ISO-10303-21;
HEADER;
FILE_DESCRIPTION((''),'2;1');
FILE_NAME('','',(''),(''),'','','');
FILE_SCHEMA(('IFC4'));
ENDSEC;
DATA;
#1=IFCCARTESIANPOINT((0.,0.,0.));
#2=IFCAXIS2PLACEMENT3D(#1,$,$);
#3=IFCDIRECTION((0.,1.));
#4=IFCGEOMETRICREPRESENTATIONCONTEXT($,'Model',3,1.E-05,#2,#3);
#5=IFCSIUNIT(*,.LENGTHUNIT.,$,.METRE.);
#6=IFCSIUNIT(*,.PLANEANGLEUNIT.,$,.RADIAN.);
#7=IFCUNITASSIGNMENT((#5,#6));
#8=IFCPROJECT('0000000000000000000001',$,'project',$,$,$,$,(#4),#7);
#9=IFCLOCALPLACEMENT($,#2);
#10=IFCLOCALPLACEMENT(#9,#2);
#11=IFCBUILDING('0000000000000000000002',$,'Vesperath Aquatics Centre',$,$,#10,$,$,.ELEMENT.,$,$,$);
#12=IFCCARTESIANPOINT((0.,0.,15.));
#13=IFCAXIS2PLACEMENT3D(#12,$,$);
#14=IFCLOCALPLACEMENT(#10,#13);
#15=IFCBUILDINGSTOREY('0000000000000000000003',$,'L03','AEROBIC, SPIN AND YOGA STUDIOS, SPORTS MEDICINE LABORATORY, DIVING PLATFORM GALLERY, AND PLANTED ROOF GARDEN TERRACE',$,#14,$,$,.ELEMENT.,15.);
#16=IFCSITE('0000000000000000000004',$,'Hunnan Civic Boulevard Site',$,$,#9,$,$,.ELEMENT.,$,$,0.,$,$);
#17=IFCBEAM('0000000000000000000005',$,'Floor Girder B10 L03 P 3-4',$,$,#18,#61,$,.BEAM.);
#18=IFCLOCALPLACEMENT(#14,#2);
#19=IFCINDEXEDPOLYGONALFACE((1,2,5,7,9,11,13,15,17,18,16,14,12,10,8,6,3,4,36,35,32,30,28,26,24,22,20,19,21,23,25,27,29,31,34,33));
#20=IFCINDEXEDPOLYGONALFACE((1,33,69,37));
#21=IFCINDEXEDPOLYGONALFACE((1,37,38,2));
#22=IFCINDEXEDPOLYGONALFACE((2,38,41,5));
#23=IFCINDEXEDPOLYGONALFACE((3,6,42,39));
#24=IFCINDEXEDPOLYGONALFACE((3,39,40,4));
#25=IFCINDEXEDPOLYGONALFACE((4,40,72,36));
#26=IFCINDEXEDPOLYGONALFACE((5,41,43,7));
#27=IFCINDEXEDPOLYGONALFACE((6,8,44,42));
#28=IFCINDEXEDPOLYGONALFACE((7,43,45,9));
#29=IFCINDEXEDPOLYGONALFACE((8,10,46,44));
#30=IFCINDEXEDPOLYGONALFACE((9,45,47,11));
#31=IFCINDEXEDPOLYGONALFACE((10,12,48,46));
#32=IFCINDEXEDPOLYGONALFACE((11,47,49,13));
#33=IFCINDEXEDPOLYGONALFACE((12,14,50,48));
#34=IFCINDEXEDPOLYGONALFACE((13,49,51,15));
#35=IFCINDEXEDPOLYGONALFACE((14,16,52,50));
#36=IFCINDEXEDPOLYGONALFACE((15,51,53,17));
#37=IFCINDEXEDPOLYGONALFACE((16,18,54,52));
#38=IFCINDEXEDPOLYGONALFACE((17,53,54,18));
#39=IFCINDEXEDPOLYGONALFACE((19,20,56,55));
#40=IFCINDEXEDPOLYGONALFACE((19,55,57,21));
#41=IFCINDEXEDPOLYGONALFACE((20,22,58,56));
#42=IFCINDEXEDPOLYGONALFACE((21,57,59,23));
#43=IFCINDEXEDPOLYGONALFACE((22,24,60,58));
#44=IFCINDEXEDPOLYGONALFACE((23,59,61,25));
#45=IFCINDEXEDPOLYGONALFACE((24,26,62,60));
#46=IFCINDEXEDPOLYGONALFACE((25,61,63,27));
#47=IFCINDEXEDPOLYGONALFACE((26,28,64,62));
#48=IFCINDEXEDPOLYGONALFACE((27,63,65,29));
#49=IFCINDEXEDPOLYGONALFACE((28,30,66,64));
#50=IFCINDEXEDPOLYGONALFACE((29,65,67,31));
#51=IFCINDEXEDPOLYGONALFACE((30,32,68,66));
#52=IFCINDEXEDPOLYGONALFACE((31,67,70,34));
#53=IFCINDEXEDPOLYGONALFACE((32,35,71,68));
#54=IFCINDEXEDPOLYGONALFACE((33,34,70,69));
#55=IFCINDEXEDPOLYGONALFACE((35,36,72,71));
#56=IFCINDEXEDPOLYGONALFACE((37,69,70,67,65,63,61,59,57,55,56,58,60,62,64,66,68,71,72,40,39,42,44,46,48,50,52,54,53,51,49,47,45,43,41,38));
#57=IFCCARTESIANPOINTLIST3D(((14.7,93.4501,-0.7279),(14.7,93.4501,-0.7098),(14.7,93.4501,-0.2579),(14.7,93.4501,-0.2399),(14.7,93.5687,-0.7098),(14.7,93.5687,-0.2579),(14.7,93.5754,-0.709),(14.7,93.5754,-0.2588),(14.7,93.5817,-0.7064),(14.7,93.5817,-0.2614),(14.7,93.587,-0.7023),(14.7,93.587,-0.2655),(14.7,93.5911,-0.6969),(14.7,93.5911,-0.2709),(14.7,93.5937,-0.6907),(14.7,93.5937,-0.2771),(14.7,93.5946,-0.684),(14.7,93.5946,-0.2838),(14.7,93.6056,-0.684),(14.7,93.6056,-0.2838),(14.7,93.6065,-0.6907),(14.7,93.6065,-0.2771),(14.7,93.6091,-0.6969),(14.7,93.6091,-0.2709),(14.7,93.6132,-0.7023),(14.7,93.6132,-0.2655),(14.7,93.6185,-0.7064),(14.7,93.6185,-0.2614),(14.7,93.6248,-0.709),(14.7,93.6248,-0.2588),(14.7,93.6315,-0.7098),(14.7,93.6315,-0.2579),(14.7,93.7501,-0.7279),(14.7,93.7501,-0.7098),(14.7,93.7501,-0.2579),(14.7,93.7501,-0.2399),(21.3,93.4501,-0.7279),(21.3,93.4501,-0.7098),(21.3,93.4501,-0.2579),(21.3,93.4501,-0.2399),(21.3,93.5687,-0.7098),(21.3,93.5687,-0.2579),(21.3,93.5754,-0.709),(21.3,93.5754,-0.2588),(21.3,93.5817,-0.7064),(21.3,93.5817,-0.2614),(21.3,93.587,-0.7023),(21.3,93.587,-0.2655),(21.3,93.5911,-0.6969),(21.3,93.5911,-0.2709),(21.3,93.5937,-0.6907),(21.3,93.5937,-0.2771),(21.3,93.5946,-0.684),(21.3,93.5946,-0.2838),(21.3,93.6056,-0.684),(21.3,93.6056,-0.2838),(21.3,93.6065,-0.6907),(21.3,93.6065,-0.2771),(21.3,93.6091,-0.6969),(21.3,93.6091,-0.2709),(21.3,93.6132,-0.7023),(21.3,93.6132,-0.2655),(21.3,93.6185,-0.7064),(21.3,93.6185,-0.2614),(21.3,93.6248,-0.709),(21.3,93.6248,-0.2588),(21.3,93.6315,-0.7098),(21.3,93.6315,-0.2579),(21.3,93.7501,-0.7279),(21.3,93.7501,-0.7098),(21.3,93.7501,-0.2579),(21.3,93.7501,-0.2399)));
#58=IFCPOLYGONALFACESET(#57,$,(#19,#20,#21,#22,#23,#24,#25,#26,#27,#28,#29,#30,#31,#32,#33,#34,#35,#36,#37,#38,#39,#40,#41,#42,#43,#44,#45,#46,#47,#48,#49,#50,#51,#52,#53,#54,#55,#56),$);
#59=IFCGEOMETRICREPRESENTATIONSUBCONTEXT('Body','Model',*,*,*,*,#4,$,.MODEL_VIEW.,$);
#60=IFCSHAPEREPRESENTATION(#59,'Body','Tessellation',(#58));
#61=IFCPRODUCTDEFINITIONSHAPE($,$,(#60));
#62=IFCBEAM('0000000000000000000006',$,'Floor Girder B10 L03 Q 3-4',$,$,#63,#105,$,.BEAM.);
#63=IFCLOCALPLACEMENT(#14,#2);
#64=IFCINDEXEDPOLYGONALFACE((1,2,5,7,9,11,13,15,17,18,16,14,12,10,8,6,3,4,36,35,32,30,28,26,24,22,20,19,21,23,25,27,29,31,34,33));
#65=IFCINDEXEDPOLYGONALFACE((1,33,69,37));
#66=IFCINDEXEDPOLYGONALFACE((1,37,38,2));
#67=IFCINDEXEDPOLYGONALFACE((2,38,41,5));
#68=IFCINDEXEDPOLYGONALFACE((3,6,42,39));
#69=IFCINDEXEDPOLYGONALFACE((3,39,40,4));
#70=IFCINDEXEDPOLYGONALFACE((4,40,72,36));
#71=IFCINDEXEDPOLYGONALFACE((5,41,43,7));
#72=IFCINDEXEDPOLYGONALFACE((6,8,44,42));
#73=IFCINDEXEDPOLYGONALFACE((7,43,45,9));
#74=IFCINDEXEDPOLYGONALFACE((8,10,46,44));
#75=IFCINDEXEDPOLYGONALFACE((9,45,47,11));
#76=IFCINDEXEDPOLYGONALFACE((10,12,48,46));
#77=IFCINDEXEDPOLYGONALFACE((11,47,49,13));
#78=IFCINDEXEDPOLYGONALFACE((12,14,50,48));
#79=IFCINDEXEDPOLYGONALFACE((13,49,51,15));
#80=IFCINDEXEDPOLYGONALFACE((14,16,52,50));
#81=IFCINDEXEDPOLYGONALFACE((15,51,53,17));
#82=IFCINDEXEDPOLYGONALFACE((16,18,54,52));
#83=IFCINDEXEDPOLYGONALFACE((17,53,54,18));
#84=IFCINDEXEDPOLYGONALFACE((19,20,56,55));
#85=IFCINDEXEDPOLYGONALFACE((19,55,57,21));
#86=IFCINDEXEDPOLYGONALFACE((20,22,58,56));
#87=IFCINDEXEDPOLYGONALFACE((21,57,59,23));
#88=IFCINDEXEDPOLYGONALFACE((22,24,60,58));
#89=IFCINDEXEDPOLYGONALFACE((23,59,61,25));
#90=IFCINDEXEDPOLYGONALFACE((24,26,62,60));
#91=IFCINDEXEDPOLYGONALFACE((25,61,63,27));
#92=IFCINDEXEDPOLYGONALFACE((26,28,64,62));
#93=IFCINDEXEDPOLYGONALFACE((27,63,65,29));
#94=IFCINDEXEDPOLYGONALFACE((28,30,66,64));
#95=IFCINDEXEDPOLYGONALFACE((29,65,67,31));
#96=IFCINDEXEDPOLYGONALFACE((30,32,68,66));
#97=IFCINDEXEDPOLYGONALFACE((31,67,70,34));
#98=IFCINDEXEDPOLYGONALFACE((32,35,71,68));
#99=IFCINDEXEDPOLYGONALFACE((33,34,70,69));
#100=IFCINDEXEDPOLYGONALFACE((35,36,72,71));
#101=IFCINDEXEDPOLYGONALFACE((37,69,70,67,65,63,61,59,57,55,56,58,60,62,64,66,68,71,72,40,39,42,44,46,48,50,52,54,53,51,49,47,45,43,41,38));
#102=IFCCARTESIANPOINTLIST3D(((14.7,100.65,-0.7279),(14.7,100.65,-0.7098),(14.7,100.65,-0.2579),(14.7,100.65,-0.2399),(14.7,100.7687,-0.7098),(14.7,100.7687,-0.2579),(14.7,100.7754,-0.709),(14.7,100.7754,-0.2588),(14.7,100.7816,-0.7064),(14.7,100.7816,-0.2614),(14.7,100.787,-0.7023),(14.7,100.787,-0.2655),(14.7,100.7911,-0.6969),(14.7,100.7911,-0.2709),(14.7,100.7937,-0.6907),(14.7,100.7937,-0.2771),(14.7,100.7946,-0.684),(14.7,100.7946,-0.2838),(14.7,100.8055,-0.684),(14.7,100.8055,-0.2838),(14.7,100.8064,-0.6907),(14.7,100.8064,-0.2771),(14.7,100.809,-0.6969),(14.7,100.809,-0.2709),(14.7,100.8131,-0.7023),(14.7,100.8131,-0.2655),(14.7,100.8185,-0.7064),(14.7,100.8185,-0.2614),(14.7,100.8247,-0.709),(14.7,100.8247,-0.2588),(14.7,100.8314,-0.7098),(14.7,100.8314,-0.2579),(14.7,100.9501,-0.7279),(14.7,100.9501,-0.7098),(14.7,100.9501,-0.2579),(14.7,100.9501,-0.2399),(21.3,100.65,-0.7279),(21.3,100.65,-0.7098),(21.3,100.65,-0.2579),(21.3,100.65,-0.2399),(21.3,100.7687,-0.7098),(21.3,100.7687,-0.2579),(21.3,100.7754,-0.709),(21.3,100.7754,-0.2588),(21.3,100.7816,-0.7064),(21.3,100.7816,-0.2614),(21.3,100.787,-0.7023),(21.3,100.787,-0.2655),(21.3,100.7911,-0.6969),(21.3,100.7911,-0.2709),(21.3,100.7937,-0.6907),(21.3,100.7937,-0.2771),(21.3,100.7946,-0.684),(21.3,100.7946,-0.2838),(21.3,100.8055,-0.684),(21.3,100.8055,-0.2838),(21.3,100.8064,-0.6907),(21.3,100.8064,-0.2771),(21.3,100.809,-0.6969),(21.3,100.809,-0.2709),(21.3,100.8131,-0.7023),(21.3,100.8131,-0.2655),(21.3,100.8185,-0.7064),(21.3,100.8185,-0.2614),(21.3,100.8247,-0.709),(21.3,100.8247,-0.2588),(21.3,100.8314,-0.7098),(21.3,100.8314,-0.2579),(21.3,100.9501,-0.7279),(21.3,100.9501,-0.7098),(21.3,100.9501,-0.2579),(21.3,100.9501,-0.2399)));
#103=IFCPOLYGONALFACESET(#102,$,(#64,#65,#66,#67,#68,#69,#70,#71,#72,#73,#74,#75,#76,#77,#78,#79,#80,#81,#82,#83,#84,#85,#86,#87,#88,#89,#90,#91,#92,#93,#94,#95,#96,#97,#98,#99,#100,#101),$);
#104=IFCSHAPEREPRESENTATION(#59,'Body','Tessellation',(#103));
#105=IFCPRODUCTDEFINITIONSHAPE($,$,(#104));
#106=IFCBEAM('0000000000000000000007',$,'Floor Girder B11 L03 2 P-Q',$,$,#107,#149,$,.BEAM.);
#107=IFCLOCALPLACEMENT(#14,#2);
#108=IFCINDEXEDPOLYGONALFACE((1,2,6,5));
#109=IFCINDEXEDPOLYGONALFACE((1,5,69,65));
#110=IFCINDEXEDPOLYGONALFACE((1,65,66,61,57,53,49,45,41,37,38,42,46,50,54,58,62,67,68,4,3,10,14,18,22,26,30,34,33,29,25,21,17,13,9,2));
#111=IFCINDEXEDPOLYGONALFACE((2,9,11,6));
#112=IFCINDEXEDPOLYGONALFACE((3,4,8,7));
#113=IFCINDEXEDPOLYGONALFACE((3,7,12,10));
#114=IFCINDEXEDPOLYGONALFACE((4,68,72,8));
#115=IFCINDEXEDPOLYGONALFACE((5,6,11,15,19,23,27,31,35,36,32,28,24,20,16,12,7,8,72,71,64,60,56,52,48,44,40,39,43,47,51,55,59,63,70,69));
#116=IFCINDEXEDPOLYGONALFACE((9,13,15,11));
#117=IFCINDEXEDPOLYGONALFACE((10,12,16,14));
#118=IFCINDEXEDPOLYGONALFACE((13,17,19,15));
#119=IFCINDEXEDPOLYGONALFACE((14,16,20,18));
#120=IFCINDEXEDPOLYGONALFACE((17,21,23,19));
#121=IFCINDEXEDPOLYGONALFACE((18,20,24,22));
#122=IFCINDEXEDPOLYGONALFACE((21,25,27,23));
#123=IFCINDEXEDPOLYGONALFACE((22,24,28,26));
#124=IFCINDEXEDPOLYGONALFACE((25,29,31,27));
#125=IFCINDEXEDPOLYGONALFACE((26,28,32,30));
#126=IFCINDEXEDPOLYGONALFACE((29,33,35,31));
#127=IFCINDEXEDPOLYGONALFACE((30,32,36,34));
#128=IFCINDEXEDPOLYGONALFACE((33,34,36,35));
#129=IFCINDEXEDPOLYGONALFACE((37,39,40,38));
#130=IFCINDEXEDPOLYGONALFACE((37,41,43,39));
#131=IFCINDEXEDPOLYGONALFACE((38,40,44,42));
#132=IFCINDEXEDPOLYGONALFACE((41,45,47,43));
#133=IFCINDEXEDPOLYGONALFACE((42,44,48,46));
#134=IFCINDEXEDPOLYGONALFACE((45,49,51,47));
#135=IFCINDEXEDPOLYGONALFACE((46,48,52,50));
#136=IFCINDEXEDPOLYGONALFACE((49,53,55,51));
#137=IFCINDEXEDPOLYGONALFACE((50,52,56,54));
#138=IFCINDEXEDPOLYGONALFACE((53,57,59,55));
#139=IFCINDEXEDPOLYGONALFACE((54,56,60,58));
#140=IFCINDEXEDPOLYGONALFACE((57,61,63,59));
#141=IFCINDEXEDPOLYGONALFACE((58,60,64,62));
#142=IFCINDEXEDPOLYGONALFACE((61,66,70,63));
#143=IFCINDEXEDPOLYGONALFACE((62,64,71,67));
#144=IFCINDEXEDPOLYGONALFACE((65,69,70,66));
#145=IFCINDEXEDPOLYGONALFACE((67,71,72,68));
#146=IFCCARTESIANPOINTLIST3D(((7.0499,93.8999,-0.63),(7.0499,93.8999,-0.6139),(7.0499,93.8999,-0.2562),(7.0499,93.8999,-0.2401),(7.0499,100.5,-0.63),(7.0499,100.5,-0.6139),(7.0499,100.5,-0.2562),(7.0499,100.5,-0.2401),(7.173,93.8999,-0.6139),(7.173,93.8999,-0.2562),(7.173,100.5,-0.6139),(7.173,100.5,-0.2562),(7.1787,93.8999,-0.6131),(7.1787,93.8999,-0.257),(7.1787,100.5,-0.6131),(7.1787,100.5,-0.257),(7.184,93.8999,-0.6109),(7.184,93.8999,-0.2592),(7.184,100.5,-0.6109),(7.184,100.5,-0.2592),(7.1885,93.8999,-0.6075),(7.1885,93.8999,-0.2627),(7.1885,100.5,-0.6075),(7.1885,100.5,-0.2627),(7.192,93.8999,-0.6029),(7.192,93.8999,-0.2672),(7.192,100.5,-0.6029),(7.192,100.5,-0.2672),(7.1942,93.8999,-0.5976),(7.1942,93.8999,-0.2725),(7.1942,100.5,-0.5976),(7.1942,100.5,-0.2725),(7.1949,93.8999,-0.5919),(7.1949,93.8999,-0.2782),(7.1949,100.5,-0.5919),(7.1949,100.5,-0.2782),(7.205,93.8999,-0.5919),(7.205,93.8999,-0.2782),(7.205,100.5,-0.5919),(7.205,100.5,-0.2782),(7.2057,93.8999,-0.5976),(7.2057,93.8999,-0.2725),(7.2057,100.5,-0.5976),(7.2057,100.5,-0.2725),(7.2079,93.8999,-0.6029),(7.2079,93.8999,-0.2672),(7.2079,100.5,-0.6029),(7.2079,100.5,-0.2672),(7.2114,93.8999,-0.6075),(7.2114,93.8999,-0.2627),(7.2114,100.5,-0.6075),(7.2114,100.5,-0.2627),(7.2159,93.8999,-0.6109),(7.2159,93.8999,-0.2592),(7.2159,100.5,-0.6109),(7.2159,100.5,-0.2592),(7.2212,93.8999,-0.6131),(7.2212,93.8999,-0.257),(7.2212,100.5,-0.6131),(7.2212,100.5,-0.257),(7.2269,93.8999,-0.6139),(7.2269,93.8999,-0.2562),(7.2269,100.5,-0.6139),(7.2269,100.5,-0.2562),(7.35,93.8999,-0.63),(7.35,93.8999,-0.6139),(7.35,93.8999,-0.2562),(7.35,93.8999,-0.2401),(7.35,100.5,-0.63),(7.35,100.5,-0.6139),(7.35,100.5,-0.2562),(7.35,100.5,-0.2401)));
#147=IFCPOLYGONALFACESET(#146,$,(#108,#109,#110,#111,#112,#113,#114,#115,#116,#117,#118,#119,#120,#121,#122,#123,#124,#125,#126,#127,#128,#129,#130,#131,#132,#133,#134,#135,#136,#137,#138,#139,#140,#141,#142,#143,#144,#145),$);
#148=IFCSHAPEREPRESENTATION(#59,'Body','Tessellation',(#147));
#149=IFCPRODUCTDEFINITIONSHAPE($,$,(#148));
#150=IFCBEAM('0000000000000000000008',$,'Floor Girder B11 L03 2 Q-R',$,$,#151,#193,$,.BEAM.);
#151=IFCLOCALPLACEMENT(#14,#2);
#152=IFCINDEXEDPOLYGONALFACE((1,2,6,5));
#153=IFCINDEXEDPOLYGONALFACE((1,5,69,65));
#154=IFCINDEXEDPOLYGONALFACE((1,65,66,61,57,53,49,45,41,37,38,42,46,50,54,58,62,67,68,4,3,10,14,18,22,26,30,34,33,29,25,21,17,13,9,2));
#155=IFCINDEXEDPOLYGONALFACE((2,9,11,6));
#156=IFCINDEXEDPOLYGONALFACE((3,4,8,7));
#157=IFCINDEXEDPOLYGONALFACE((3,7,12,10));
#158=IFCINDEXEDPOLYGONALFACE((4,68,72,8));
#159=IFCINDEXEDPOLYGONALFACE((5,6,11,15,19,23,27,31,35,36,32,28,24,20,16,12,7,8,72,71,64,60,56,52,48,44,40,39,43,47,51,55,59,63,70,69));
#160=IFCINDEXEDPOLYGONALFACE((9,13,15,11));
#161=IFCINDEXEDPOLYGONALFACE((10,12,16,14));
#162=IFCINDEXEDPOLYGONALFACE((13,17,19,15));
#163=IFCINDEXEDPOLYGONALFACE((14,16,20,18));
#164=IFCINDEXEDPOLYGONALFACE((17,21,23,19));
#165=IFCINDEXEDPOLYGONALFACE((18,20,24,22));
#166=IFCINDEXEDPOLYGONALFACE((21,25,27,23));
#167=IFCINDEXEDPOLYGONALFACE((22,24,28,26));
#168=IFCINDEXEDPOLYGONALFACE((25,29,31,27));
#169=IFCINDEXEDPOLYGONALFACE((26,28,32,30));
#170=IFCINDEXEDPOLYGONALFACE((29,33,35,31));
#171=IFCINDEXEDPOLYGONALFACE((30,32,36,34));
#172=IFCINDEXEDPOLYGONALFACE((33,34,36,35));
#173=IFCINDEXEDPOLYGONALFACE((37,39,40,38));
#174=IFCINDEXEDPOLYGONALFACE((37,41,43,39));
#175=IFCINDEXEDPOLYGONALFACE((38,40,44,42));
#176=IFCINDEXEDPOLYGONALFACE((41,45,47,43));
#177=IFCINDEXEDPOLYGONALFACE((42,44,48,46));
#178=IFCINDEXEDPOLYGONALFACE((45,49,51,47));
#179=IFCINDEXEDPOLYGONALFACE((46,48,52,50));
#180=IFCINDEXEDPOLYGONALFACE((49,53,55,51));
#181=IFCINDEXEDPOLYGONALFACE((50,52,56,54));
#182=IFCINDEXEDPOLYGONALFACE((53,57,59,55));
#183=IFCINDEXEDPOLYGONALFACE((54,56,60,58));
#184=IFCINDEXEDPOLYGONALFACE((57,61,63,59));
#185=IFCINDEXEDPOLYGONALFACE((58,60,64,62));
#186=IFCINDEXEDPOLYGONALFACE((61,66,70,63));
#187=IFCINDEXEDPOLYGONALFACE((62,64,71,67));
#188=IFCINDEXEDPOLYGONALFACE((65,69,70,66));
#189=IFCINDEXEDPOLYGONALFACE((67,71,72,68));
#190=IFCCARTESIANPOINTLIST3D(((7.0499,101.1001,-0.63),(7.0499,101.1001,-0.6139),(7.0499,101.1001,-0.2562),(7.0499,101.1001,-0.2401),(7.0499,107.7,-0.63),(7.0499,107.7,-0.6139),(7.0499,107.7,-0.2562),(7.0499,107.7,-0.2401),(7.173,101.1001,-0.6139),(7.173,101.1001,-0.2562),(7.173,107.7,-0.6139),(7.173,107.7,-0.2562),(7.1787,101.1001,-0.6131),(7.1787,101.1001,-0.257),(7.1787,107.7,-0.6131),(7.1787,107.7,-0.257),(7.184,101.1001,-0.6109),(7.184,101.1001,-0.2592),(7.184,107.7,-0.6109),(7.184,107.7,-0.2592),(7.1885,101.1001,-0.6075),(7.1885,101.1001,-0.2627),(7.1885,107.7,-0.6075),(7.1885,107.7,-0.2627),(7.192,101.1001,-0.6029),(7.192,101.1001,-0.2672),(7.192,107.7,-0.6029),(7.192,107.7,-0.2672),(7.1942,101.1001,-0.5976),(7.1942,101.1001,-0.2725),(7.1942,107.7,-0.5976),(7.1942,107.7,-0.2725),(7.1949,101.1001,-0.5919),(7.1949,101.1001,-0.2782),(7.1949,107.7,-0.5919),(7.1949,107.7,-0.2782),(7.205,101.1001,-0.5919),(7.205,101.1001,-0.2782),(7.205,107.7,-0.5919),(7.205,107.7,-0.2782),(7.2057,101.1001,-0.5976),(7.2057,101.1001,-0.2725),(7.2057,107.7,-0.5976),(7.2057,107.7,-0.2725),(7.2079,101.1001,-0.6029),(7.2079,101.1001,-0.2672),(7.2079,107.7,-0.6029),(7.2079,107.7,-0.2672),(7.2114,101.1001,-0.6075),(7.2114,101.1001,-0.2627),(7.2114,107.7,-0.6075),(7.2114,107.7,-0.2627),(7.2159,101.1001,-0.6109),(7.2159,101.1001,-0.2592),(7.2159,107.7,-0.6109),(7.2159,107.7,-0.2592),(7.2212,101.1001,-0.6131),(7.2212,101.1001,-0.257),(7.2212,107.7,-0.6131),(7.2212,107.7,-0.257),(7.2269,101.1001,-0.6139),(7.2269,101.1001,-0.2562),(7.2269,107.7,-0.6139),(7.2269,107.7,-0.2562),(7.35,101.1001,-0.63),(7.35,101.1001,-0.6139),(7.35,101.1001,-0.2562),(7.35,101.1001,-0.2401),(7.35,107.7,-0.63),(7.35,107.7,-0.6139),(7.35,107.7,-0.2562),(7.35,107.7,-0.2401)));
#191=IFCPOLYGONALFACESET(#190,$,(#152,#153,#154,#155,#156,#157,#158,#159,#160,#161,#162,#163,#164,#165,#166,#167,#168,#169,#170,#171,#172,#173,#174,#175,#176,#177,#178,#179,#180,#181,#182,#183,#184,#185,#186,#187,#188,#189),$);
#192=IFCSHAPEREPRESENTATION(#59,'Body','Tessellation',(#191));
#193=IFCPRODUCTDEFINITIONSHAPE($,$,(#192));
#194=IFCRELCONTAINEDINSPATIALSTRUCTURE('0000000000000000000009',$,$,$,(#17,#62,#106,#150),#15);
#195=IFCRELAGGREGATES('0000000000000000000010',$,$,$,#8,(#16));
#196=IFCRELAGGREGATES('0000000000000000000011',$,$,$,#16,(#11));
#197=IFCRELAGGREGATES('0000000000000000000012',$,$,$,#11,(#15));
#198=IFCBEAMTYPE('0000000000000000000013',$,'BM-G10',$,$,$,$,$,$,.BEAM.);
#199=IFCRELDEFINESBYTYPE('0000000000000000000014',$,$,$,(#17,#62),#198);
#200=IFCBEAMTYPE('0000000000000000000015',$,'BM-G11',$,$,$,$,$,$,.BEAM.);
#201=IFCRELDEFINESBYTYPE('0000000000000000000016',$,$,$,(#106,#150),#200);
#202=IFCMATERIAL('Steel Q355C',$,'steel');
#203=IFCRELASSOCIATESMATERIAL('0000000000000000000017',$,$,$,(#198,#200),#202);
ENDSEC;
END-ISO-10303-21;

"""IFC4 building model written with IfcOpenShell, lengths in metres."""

from ifc_helpers import new_model, si_unit, direction, frame, origin, origin_2d, place, context, subcontext, project, spatial, i_section, extrude, material, material_profile, profile_set, type_object, element, save


model = new_model("IFC4")

# Units and contexts
model_context = context("Model", 3, precision=1e-05, world=origin(), true_north=direction((0.0, 1.0)))
body_context = subcontext(model_context, "Body", "Model", "MODEL_VIEW")
ifc_project = project(units=[si_unit("LENGTHUNIT", "METRE"), si_unit("PLANEANGLEUNIT", "RADIAN")], contexts=[model_context])

# Site, building, storey
site_placement = place(None, origin())
site = spatial("IfcSite", under=ifc_project, at=site_placement, Name="Hunnan Civic Boulevard Site", CompositionType="ELEMENT", RefElevation=0.0)
building_placement = place(site_placement, origin())
building = spatial("IfcBuilding", under=site, at=building_placement, Name="Vesperath Aquatics Centre", CompositionType="ELEMENT")
storey_placement = place(building_placement, frame((0.0, 0.0, 15.0)))
storey = spatial("IfcBuildingStorey", under=building, at=storey_placement, Name="L03", Description="AEROBIC, SPIN AND YOGA STUDIOS, SPORTS MEDICINE LABORATORY, DIVING PLATFORM GALLERY, AND PLANTED ROOF GARDEN TERRACE", CompositionType="ELEMENT", Elevation=15.0)

# Beams
ifc_material_1 = material(Name="Steel Q355C", Category="steel")
ifc_material_profile_1 = material_profile(ifc_material_1, i_section(OverallWidth=0.3, OverallDepth=0.488, WebThickness=0.011, FlangeThickness=0.0181, FilletRadius=0.0259, at=origin_2d()), Name="HM 488x300x11x18")
ifc_profile_set_1 = profile_set([ifc_material_profile_1], Name="Steel Q355C")
beam_type_1 = type_object("IfcBeamType", Name="BM-G10", PredefinedType="BEAM", material=ifc_profile_set_1)
for number, where, z_axis, x_axis, name in (
    (1, (14.7, 93.6001, -0.4839), (1.0, 0.0, 0.0), (0.0, 1.0, 0.0), "Floor Girder B10 L03 P 3-4"),
    (2, (14.7, 100.8, -0.4839), (1.0, 0.0, 0.0), (0.0, 1.0, 0.0), "Floor Girder B10 L03 Q 3-4"),
):
    element("IfcBeam", number, at=place(storey_placement, frame(where, z_axis=z_axis, x_axis=x_axis)), inside=storey, type_object=beam_type_1, Name=name, PredefinedType="BEAM", context=body_context, shape_type="SweptSolid", body=[
        extrude(i_section(OverallWidth=0.3, OverallDepth=0.488, WebThickness=0.011, FlangeThickness=0.0181, FilletRadius=0.0259, at=origin_2d()), origin(), (0.0, 0.0, 1.0), 6.6001),
    ])
ifc_material_profile_2 = material_profile(ifc_material_1, i_section(OverallWidth=0.3, OverallDepth=0.3899, WebThickness=0.01, FlangeThickness=0.0161, FilletRadius=0.022, at=origin_2d()), Name="HM 390x300x10x16")
ifc_profile_set_2 = profile_set([ifc_material_profile_2], Name="Steel Q355C")
beam_type_2 = type_object("IfcBeamType", Name="BM-G11", PredefinedType="BEAM", material=ifc_profile_set_2)
beam_1_placement = place(storey_placement, frame((7.2, 93.8999, -0.4351), z_axis=(0.0, 1.0, 0.0), x_axis=(-1.0, 0.0, 0.0)))
element("IfcBeam", 3, at=beam_1_placement, inside=storey, type_object=beam_type_2, Name="Floor Girder B11 L03 2 P-Q", PredefinedType="BEAM", context=body_context, shape_type="SweptSolid", body=[
    extrude(i_section(OverallWidth=0.3, OverallDepth=0.3899, WebThickness=0.01, FlangeThickness=0.0161, FilletRadius=0.022, at=origin_2d()), origin(), (0.0, 0.0, 1.0), 6.6001),
])
beam_2_placement = place(storey_placement, frame((7.2, 101.1001, -0.4351), z_axis=(0.0, 1.0, 0.0), x_axis=(-1.0, 0.0, 0.0)))
element("IfcBeam", 4, at=beam_2_placement, inside=storey, type_object=beam_type_2, Name="Floor Girder B11 L03 2 Q-R", PredefinedType="BEAM", context=body_context, shape_type="SweptSolid", body=[
    extrude(i_section(OverallWidth=0.3, OverallDepth=0.3899, WebThickness=0.01, FlangeThickness=0.0161, FilletRadius=0.022, at=origin_2d()), origin(), (0.0, 0.0, 1.0), 6.5999),
])

save(model, "model.ifc")
